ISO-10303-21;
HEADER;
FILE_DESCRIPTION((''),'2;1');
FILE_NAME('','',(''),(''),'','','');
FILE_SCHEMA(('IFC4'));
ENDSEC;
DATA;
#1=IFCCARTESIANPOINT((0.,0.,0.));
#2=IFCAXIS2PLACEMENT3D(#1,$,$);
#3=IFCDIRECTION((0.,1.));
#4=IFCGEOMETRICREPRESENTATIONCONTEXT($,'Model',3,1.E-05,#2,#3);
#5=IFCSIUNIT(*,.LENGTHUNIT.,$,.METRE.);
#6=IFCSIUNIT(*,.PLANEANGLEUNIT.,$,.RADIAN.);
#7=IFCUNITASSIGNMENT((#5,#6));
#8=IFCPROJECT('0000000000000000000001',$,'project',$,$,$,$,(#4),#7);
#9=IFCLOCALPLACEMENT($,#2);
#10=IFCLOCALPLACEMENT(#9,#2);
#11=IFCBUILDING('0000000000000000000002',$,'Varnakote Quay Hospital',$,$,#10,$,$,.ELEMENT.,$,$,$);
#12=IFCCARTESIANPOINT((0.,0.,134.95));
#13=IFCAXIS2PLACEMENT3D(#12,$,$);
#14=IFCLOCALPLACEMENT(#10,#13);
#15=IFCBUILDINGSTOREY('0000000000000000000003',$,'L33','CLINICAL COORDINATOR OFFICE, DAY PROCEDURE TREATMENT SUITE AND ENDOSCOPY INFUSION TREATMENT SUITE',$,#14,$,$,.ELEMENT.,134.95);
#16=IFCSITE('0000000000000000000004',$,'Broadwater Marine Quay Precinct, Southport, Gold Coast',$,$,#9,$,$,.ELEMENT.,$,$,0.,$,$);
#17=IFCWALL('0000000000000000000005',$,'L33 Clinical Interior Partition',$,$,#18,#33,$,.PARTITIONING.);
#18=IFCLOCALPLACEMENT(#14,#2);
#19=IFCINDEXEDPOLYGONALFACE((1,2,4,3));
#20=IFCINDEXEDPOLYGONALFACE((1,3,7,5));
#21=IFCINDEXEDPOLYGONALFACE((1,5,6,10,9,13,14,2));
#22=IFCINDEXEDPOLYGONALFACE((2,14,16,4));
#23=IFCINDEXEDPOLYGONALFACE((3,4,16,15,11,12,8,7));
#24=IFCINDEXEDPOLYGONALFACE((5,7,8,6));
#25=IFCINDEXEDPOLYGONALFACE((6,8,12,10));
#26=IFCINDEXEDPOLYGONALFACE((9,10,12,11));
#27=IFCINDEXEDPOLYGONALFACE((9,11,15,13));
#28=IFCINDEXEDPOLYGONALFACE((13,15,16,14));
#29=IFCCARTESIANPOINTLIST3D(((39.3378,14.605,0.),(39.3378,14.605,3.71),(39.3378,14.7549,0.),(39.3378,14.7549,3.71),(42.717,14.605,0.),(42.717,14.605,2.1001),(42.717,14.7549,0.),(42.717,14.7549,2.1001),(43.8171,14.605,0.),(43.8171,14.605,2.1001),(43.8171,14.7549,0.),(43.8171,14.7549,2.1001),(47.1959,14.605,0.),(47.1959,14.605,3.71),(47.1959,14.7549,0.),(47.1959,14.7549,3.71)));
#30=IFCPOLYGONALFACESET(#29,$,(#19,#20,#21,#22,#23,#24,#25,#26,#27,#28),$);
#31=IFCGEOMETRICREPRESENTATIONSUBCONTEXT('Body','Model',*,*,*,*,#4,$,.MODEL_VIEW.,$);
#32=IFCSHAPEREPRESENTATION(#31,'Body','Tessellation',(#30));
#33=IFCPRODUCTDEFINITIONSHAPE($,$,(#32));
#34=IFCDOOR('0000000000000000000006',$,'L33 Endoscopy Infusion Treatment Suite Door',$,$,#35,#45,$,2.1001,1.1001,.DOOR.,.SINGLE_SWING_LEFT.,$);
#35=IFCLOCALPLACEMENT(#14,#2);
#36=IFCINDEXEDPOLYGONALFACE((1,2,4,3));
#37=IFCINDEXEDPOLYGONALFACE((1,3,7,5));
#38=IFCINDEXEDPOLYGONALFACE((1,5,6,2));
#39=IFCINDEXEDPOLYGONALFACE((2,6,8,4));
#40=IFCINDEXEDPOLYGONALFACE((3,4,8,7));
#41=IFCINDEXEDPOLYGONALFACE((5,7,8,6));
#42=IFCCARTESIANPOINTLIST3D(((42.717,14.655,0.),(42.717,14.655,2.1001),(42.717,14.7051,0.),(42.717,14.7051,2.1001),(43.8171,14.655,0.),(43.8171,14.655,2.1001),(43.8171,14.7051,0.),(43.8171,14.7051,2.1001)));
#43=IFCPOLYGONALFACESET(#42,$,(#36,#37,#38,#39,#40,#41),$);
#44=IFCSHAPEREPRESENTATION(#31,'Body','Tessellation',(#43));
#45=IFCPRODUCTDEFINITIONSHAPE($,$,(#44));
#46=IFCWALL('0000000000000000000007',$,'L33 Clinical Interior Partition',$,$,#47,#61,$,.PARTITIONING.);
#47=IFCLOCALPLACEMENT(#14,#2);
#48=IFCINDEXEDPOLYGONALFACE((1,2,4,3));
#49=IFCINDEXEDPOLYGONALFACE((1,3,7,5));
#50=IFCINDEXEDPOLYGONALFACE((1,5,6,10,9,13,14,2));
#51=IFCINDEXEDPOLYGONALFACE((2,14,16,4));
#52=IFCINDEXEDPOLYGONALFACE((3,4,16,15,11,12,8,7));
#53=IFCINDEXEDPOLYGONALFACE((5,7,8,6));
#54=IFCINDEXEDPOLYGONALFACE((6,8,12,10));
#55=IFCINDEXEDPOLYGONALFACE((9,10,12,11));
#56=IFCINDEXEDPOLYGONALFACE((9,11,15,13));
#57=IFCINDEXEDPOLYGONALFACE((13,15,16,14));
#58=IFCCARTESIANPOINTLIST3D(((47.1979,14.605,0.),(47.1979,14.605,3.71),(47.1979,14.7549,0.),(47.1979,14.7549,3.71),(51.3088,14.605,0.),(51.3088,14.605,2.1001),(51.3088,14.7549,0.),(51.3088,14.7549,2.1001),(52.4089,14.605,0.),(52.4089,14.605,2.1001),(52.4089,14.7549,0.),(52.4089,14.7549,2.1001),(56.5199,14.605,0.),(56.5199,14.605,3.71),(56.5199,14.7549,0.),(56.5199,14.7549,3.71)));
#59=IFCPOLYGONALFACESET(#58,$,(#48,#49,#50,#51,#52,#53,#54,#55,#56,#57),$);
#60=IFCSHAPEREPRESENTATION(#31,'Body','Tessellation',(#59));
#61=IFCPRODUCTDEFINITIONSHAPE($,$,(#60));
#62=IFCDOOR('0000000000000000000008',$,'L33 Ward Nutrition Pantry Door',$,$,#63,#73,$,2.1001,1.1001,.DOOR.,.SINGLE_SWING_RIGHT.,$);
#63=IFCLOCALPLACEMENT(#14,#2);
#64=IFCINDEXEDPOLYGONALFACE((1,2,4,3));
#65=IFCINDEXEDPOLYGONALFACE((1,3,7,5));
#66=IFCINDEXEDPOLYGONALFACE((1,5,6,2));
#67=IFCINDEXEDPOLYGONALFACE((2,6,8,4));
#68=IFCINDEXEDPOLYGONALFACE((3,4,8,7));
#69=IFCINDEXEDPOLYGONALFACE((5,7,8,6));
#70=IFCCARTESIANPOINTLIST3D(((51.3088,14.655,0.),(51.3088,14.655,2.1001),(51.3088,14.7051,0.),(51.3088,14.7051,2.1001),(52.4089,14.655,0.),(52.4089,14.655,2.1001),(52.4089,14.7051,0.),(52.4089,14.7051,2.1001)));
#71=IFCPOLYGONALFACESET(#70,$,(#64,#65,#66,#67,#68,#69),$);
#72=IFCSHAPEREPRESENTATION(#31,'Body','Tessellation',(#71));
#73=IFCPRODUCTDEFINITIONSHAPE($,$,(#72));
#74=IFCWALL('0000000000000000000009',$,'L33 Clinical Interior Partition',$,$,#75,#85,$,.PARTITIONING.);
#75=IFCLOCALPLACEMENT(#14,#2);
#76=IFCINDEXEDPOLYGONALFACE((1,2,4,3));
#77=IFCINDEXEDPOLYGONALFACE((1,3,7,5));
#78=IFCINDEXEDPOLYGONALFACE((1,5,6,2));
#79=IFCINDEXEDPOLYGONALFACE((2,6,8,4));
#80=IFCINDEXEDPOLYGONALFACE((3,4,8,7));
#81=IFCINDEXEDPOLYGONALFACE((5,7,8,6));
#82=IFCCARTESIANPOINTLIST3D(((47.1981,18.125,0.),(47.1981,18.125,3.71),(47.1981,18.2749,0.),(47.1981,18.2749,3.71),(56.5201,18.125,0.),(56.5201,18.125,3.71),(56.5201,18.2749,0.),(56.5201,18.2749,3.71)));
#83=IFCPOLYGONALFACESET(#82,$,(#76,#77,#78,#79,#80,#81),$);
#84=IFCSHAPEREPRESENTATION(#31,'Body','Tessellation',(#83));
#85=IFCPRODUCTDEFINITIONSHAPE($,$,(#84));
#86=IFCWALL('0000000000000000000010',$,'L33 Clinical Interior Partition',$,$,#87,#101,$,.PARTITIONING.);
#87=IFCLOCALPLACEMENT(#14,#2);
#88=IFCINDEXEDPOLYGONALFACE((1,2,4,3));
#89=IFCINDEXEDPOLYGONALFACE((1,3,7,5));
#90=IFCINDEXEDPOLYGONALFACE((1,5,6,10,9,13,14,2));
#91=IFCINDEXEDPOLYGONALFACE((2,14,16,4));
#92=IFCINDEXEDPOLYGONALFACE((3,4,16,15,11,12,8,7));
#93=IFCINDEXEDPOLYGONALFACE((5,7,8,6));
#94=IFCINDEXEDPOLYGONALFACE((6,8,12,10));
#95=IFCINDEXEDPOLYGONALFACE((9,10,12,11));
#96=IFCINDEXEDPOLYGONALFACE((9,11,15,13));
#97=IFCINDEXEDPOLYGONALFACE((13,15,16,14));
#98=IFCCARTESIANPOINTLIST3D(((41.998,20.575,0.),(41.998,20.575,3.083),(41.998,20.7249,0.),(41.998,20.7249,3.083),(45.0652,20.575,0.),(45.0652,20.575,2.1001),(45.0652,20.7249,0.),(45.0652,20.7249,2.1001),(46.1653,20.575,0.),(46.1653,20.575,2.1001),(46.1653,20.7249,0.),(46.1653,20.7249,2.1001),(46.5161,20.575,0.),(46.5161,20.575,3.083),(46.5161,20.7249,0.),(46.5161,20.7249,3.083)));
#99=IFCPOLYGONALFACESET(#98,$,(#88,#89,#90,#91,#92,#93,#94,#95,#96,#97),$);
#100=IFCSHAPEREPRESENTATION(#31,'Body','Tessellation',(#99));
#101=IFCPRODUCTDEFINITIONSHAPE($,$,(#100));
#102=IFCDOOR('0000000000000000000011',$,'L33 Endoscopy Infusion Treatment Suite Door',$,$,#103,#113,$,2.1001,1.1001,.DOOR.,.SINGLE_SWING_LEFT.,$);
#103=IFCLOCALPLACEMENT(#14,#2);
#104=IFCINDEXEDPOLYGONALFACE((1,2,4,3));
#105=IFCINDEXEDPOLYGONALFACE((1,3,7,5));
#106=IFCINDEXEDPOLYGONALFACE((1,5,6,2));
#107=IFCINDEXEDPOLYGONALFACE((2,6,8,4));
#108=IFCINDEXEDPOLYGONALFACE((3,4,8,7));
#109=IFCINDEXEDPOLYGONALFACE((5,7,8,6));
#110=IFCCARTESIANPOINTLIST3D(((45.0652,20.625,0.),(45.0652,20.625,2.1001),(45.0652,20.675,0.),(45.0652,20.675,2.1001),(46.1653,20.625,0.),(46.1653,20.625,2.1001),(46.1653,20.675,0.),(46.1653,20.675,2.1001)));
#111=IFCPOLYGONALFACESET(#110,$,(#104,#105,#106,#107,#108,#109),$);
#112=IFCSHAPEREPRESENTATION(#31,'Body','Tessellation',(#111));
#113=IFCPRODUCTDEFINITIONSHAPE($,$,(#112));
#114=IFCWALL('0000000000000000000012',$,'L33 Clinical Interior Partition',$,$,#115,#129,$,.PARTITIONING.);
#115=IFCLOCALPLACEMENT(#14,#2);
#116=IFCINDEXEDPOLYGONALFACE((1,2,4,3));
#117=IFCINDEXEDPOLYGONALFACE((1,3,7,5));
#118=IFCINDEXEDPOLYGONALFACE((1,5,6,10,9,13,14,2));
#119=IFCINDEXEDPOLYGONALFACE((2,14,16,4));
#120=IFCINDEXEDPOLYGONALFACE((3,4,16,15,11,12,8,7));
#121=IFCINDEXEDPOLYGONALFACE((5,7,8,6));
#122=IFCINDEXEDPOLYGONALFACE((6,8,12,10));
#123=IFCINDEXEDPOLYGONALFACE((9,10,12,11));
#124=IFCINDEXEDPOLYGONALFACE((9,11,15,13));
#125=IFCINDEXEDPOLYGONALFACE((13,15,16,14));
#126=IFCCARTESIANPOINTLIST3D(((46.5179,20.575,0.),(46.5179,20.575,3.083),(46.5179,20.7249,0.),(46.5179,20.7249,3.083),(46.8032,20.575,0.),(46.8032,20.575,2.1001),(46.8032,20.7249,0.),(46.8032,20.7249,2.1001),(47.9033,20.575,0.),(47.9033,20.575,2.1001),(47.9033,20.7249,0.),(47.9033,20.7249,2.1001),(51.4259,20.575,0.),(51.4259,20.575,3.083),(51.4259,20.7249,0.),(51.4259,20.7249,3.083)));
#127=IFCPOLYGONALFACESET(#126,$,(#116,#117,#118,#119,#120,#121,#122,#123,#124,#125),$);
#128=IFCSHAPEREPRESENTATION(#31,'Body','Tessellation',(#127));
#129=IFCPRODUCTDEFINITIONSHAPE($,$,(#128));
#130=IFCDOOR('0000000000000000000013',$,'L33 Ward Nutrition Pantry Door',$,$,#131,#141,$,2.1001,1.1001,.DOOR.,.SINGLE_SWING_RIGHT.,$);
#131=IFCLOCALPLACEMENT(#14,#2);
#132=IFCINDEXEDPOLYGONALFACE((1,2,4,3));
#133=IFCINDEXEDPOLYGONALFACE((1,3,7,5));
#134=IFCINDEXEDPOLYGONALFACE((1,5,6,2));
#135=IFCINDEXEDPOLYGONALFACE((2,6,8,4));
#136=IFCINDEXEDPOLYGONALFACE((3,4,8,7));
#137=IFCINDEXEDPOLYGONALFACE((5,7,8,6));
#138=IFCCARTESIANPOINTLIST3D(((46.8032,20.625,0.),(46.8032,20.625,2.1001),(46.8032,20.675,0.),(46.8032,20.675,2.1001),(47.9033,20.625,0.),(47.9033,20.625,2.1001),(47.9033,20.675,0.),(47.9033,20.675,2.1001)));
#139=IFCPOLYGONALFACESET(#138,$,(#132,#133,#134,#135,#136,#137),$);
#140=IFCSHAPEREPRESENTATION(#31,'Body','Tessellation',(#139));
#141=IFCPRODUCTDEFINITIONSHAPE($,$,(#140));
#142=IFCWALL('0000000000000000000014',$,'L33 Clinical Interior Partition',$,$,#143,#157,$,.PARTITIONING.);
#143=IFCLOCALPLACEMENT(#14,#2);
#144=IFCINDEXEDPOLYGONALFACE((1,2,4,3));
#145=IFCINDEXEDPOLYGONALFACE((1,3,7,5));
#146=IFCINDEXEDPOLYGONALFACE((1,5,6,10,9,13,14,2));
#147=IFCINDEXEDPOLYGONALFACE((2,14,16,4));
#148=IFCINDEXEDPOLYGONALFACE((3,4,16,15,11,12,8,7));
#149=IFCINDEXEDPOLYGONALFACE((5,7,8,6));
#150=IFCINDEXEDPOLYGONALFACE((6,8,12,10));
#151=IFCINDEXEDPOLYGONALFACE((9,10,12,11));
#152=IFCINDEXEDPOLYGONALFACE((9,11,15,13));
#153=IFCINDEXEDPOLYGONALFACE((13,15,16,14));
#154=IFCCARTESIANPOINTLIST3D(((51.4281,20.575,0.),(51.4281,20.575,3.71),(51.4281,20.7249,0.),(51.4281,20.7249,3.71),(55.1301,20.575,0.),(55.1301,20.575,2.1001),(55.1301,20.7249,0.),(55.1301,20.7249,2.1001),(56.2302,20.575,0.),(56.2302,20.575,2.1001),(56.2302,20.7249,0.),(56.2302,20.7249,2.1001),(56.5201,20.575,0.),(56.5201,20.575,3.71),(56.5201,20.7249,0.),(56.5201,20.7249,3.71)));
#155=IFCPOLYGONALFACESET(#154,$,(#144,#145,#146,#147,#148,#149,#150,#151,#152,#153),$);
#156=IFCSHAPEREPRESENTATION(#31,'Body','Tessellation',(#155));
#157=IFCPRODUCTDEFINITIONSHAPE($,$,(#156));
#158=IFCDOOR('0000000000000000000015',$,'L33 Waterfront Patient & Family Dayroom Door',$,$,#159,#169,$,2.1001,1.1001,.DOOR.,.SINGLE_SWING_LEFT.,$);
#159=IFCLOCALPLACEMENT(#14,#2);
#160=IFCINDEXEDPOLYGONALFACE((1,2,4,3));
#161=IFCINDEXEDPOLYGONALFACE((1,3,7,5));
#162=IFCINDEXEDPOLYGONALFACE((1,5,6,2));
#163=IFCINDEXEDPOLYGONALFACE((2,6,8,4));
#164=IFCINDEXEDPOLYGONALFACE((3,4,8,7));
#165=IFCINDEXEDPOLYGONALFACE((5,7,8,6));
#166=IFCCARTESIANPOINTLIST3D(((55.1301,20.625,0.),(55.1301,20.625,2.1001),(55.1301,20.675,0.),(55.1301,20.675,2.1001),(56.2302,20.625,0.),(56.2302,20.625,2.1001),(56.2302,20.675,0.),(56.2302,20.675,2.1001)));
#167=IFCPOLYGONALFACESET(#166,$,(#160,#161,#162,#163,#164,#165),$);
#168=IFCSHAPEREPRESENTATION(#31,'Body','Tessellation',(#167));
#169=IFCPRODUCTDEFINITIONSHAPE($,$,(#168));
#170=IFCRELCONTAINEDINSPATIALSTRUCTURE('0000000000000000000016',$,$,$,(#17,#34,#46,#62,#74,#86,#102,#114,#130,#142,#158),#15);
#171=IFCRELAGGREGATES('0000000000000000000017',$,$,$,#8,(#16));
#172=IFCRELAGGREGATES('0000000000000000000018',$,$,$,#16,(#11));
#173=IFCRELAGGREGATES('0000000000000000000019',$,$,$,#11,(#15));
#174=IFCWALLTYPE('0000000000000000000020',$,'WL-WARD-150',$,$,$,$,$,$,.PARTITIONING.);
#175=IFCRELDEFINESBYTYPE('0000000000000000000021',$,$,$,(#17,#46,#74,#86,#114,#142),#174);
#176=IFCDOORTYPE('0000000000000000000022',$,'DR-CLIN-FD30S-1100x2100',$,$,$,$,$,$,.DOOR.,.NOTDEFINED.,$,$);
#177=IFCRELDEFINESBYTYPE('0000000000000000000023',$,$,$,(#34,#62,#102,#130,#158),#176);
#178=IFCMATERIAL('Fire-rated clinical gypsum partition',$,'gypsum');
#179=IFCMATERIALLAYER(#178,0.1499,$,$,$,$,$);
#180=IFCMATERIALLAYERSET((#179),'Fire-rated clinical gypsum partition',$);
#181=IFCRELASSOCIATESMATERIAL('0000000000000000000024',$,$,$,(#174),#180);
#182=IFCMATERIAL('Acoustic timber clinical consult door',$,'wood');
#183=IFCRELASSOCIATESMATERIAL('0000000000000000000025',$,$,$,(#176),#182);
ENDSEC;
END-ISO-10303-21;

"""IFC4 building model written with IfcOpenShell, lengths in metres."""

from ifc_helpers import new_model, si_unit, direction, frame, frame_2d, origin, place, context, subcontext, project, spatial, rectangle, extrude, material, layer, layer_set, type_object, element, fill, save


model = new_model("IFC4")

# Units and contexts
model_context = context("Model", 3, precision=1e-05, world=origin(), true_north=direction((0.0, 1.0)))
body_context = subcontext(model_context, "Body", "Model", "MODEL_VIEW")
ifc_project = project(units=[si_unit("LENGTHUNIT", "METRE"), si_unit("PLANEANGLEUNIT", "RADIAN")], contexts=[model_context])

# Site, building, storey
site_placement = place(None, origin())
site = spatial("IfcSite", under=ifc_project, at=site_placement, Name="Broadwater Marine Quay Precinct, Southport, Gold Coast", CompositionType="ELEMENT", RefElevation=0.0)
building_placement = place(site_placement, origin())
building = spatial("IfcBuilding", under=site, at=building_placement, Name="Varnakote Quay Hospital", CompositionType="ELEMENT")
storey_placement = place(building_placement, frame((0.0, 0.0, 134.95)))
storey = spatial("IfcBuildingStorey", under=building, at=storey_placement, Name="L33", Description="CLINICAL COORDINATOR OFFICE, DAY PROCEDURE TREATMENT SUITE AND ENDOSCOPY INFUSION TREATMENT SUITE", CompositionType="ELEMENT", Elevation=134.95)

# Walls, openings, doors
ifc_material_1 = material(Name="Fire-rated clinical gypsum partition", Category="gypsum")
ifc_layer_1 = layer(ifc_material_1, 0.1499)
ifc_layer_set_1 = layer_set([ifc_layer_1], Name="Fire-rated clinical gypsum partition")
wall_type_1 = type_object("IfcWallType", Name="WL-WARD-150", PredefinedType="PARTITIONING", material=ifc_layer_set_1)
ifc_material_2 = material(Name="Acoustic timber clinical consult door", Category="wood")
door_type = type_object("IfcDoorType", Name="DR-CLIN-FD30S-1100x2100", OperationType="NOTDEFINED", PredefinedType="DOOR", material=ifc_material_2)
wall_1_placement = place(storey_placement, frame((47.196, 14.6799, 0.0), z_axis=(0.0, 0.0, 1.0), x_axis=(-1.0, 0.0, 0.0)))
wall_1 = element("IfcWall", 1, at=wall_1_placement, inside=storey, type_object=wall_type_1, Name="L33 Clinical Interior Partition", PredefinedType="PARTITIONING", context=body_context, shape_type="SweptSolid", body=[
    extrude(rectangle(XDim=7.8582, YDim=0.1499, at=frame_2d((3.9292, 0.0))), origin(), (0.0, 0.0, 1.0), 3.71),
])
opening_1_placement = place(wall_1_placement, frame((3.3789, 0.0, 0.0)))
opening_1 = element("IfcOpeningElement", 2, at=opening_1_placement, cuts=wall_1, PredefinedType="OPENING", context=body_context, shape_type="SweptSolid", body=[
    extrude(rectangle(XDim=1.1001, YDim=2.1001, at=frame_2d((0.55, 1.05))), frame((0.0, 0.085, 0.0), z_axis=(0.0, -1.0, 0.0), x_axis=(1.0, 0.0, 0.0)), (0.0, 0.0, 1.0), 0.1699),
])
door_1_placement = place(opening_1_placement, origin())
door_1 = element("IfcDoor", 3, at=door_1_placement, inside=storey, type_object=door_type, Name="L33 Endoscopy Infusion Treatment Suite Door", OperationType="SINGLE_SWING_LEFT", OverallHeight=2.1001, OverallWidth=1.1001, PredefinedType="DOOR", context=body_context, shape_type="SweptSolid", body=[
    extrude(rectangle(XDim=1.1001, YDim=2.1001, at=frame_2d((0.55, 1.05))), frame((0.0, 0.0249, 0.0), z_axis=(0.0, -1.0, 0.0), x_axis=(1.0, 0.0, 0.0)), (0.0, 0.0, 1.0), 0.05),
])
fill(opening_1, door_1)
wall_2_placement = place(storey_placement, frame((56.52, 14.6799, 0.0), z_axis=(0.0, 0.0, 1.0), x_axis=(-1.0, 0.0, 0.0)))
wall_2 = element("IfcWall", 4, at=wall_2_placement, inside=storey, type_object=wall_type_1, Name="L33 Clinical Interior Partition", PredefinedType="PARTITIONING", context=body_context, shape_type="SweptSolid", body=[
    extrude(rectangle(XDim=9.322, YDim=0.1499, at=frame_2d((4.6611, 0.0))), origin(), (0.0, 0.0, 1.0), 3.71),
])
opening_2_placement = place(wall_2_placement, frame((4.1111, 0.0, 0.0)))
opening_2 = element("IfcOpeningElement", 5, at=opening_2_placement, cuts=wall_2, PredefinedType="OPENING", context=body_context, shape_type="SweptSolid", body=[
    extrude(rectangle(XDim=1.1001, YDim=2.1001, at=frame_2d((0.55, 1.05))), frame((0.0, 0.085, 0.0), z_axis=(0.0, -1.0, 0.0), x_axis=(1.0, 0.0, 0.0)), (0.0, 0.0, 1.0), 0.1699),
])
door_2_placement = place(opening_2_placement, origin())
door_2 = element("IfcDoor", 6, at=door_2_placement, inside=storey, type_object=door_type, Name="L33 Ward Nutrition Pantry Door", OperationType="SINGLE_SWING_RIGHT", OverallHeight=2.1001, OverallWidth=1.1001, PredefinedType="DOOR", context=body_context, shape_type="SweptSolid", body=[
    extrude(rectangle(XDim=1.1001, YDim=2.1001, at=frame_2d((0.55, 1.05))), frame((0.0, 0.0249, 0.0), z_axis=(0.0, -1.0, 0.0), x_axis=(1.0, 0.0, 0.0)), (0.0, 0.0, 1.0), 0.05),
])
fill(opening_2, door_2)

# Wall
wall_3_placement = place(storey_placement, frame((47.198, 18.2, 0.0), z_axis=(0.0, 0.0, 1.0), x_axis=(1.0, 0.0, 0.0)))
element("IfcWall", 7, at=wall_3_placement, inside=storey, type_object=wall_type_1, Name="L33 Clinical Interior Partition", PredefinedType="PARTITIONING", context=body_context, shape_type="SweptSolid", body=[
    extrude(rectangle(XDim=9.322, YDim=0.1499, at=frame_2d((4.6611, 0.0))), origin(), (0.0, 0.0, 1.0), 3.71),
])

# Walls, openings, doors
wall_4_placement = place(storey_placement, frame((46.5161, 20.6499, 0.0), z_axis=(0.0, 0.0, 1.0), x_axis=(-1.0, 0.0, 0.0)))
wall_4 = element("IfcWall", 8, at=wall_4_placement, inside=storey, type_object=wall_type_1, Name="L33 Clinical Interior Partition", PredefinedType="PARTITIONING", context=body_context, shape_type="SweptSolid", body=[
    extrude(rectangle(XDim=4.5181, YDim=0.1499, at=frame_2d((2.259, 0.0))), origin(), (0.0, 0.0, 1.0), 3.083),
])
opening_3_placement = place(wall_4_placement, frame((0.3508, 0.0, 0.0)))
opening_3 = element("IfcOpeningElement", 9, at=opening_3_placement, cuts=wall_4, PredefinedType="OPENING", context=body_context, shape_type="SweptSolid", body=[
    extrude(rectangle(XDim=1.1001, YDim=2.1001, at=frame_2d((0.55, 1.05))), frame((0.0, 0.085, 0.0), z_axis=(0.0, -1.0, 0.0), x_axis=(1.0, 0.0, 0.0)), (0.0, 0.0, 1.0), 0.1699),
])
door_3_placement = place(opening_3_placement, origin())
door_3 = element("IfcDoor", 10, at=door_3_placement, inside=storey, type_object=door_type, Name="L33 Endoscopy Infusion Treatment Suite Door", OperationType="SINGLE_SWING_LEFT", OverallHeight=2.1001, OverallWidth=1.1001, PredefinedType="DOOR", context=body_context, shape_type="SweptSolid", body=[
    extrude(rectangle(XDim=1.1001, YDim=2.1001, at=frame_2d((0.55, 1.05))), frame((0.0, 0.0249, 0.0), z_axis=(0.0, -1.0, 0.0), x_axis=(1.0, 0.0, 0.0)), (0.0, 0.0, 1.0), 0.05),
])
fill(opening_3, door_3)
wall_5_placement = place(storey_placement, frame((51.426, 20.6499, 0.0), z_axis=(0.0, 0.0, 1.0), x_axis=(-1.0, 0.0, 0.0)))
wall_5 = element("IfcWall", 11, at=wall_5_placement, inside=storey, type_object=wall_type_1, Name="L33 Clinical Interior Partition", PredefinedType="PARTITIONING", context=body_context, shape_type="SweptSolid", body=[
    extrude(rectangle(XDim=4.908, YDim=0.1499, at=frame_2d((2.4541, 0.0))), origin(), (0.0, 0.0, 1.0), 3.083),
])
opening_4_placement = place(wall_5_placement, frame((3.5227, 0.0, 0.0)))
opening_4 = element("IfcOpeningElement", 12, at=opening_4_placement, cuts=wall_5, PredefinedType="OPENING", context=body_context, shape_type="SweptSolid", body=[
    extrude(rectangle(XDim=1.1001, YDim=2.1001, at=frame_2d((0.55, 1.05))), frame((0.0, 0.085, 0.0), z_axis=(0.0, -1.0, 0.0), x_axis=(1.0, 0.0, 0.0)), (0.0, 0.0, 1.0), 0.1699),
])
door_4_placement = place(opening_4_placement, origin())
door_4 = element("IfcDoor", 13, at=door_4_placement, inside=storey, type_object=door_type, Name="L33 Ward Nutrition Pantry Door", OperationType="SINGLE_SWING_RIGHT", OverallHeight=2.1001, OverallWidth=1.1001, PredefinedType="DOOR", context=body_context, shape_type="SweptSolid", body=[
    extrude(rectangle(XDim=1.1001, YDim=2.1001, at=frame_2d((0.55, 1.05))), frame((0.0, 0.0249, 0.0), z_axis=(0.0, -1.0, 0.0), x_axis=(1.0, 0.0, 0.0)), (0.0, 0.0, 1.0), 0.05),
])
fill(opening_4, door_4)
wall_6_placement = place(storey_placement, frame((56.52, 20.6499, 0.0), z_axis=(0.0, 0.0, 1.0), x_axis=(-1.0, 0.0, 0.0)))
wall_6 = element("IfcWall", 14, at=wall_6_placement, inside=storey, type_object=wall_type_1, Name="L33 Clinical Interior Partition", PredefinedType="PARTITIONING", context=body_context, shape_type="SweptSolid", body=[
    extrude(rectangle(XDim=5.092, YDim=0.1499, at=frame_2d((2.5459, 0.0))), origin(), (0.0, 0.0, 1.0), 3.71),
])
opening_5_placement = place(wall_6_placement, frame((0.2898, 0.0, 0.0)))
opening_5 = element("IfcOpeningElement", 15, at=opening_5_placement, cuts=wall_6, PredefinedType="OPENING", context=body_context, shape_type="SweptSolid", body=[
    extrude(rectangle(XDim=1.1001, YDim=2.1001, at=frame_2d((0.55, 1.05))), frame((0.0, 0.085, 0.0), z_axis=(0.0, -1.0, 0.0), x_axis=(1.0, 0.0, 0.0)), (0.0, 0.0, 1.0), 0.1699),
])
door_5_placement = place(opening_5_placement, origin())
door_5 = element("IfcDoor", 16, at=door_5_placement, inside=storey, type_object=door_type, Name="L33 Waterfront Patient & Family Dayroom Door", OperationType="SINGLE_SWING_LEFT", OverallHeight=2.1001, OverallWidth=1.1001, PredefinedType="DOOR", context=body_context, shape_type="SweptSolid", body=[
    extrude(rectangle(XDim=1.1001, YDim=2.1001, at=frame_2d((0.55, 1.05))), frame((0.0, 0.0249, 0.0), z_axis=(0.0, -1.0, 0.0), x_axis=(1.0, 0.0, 0.0)), (0.0, 0.0, 1.0), 0.05),
])
fill(opening_5, door_5)

save(model, "model.ifc")
